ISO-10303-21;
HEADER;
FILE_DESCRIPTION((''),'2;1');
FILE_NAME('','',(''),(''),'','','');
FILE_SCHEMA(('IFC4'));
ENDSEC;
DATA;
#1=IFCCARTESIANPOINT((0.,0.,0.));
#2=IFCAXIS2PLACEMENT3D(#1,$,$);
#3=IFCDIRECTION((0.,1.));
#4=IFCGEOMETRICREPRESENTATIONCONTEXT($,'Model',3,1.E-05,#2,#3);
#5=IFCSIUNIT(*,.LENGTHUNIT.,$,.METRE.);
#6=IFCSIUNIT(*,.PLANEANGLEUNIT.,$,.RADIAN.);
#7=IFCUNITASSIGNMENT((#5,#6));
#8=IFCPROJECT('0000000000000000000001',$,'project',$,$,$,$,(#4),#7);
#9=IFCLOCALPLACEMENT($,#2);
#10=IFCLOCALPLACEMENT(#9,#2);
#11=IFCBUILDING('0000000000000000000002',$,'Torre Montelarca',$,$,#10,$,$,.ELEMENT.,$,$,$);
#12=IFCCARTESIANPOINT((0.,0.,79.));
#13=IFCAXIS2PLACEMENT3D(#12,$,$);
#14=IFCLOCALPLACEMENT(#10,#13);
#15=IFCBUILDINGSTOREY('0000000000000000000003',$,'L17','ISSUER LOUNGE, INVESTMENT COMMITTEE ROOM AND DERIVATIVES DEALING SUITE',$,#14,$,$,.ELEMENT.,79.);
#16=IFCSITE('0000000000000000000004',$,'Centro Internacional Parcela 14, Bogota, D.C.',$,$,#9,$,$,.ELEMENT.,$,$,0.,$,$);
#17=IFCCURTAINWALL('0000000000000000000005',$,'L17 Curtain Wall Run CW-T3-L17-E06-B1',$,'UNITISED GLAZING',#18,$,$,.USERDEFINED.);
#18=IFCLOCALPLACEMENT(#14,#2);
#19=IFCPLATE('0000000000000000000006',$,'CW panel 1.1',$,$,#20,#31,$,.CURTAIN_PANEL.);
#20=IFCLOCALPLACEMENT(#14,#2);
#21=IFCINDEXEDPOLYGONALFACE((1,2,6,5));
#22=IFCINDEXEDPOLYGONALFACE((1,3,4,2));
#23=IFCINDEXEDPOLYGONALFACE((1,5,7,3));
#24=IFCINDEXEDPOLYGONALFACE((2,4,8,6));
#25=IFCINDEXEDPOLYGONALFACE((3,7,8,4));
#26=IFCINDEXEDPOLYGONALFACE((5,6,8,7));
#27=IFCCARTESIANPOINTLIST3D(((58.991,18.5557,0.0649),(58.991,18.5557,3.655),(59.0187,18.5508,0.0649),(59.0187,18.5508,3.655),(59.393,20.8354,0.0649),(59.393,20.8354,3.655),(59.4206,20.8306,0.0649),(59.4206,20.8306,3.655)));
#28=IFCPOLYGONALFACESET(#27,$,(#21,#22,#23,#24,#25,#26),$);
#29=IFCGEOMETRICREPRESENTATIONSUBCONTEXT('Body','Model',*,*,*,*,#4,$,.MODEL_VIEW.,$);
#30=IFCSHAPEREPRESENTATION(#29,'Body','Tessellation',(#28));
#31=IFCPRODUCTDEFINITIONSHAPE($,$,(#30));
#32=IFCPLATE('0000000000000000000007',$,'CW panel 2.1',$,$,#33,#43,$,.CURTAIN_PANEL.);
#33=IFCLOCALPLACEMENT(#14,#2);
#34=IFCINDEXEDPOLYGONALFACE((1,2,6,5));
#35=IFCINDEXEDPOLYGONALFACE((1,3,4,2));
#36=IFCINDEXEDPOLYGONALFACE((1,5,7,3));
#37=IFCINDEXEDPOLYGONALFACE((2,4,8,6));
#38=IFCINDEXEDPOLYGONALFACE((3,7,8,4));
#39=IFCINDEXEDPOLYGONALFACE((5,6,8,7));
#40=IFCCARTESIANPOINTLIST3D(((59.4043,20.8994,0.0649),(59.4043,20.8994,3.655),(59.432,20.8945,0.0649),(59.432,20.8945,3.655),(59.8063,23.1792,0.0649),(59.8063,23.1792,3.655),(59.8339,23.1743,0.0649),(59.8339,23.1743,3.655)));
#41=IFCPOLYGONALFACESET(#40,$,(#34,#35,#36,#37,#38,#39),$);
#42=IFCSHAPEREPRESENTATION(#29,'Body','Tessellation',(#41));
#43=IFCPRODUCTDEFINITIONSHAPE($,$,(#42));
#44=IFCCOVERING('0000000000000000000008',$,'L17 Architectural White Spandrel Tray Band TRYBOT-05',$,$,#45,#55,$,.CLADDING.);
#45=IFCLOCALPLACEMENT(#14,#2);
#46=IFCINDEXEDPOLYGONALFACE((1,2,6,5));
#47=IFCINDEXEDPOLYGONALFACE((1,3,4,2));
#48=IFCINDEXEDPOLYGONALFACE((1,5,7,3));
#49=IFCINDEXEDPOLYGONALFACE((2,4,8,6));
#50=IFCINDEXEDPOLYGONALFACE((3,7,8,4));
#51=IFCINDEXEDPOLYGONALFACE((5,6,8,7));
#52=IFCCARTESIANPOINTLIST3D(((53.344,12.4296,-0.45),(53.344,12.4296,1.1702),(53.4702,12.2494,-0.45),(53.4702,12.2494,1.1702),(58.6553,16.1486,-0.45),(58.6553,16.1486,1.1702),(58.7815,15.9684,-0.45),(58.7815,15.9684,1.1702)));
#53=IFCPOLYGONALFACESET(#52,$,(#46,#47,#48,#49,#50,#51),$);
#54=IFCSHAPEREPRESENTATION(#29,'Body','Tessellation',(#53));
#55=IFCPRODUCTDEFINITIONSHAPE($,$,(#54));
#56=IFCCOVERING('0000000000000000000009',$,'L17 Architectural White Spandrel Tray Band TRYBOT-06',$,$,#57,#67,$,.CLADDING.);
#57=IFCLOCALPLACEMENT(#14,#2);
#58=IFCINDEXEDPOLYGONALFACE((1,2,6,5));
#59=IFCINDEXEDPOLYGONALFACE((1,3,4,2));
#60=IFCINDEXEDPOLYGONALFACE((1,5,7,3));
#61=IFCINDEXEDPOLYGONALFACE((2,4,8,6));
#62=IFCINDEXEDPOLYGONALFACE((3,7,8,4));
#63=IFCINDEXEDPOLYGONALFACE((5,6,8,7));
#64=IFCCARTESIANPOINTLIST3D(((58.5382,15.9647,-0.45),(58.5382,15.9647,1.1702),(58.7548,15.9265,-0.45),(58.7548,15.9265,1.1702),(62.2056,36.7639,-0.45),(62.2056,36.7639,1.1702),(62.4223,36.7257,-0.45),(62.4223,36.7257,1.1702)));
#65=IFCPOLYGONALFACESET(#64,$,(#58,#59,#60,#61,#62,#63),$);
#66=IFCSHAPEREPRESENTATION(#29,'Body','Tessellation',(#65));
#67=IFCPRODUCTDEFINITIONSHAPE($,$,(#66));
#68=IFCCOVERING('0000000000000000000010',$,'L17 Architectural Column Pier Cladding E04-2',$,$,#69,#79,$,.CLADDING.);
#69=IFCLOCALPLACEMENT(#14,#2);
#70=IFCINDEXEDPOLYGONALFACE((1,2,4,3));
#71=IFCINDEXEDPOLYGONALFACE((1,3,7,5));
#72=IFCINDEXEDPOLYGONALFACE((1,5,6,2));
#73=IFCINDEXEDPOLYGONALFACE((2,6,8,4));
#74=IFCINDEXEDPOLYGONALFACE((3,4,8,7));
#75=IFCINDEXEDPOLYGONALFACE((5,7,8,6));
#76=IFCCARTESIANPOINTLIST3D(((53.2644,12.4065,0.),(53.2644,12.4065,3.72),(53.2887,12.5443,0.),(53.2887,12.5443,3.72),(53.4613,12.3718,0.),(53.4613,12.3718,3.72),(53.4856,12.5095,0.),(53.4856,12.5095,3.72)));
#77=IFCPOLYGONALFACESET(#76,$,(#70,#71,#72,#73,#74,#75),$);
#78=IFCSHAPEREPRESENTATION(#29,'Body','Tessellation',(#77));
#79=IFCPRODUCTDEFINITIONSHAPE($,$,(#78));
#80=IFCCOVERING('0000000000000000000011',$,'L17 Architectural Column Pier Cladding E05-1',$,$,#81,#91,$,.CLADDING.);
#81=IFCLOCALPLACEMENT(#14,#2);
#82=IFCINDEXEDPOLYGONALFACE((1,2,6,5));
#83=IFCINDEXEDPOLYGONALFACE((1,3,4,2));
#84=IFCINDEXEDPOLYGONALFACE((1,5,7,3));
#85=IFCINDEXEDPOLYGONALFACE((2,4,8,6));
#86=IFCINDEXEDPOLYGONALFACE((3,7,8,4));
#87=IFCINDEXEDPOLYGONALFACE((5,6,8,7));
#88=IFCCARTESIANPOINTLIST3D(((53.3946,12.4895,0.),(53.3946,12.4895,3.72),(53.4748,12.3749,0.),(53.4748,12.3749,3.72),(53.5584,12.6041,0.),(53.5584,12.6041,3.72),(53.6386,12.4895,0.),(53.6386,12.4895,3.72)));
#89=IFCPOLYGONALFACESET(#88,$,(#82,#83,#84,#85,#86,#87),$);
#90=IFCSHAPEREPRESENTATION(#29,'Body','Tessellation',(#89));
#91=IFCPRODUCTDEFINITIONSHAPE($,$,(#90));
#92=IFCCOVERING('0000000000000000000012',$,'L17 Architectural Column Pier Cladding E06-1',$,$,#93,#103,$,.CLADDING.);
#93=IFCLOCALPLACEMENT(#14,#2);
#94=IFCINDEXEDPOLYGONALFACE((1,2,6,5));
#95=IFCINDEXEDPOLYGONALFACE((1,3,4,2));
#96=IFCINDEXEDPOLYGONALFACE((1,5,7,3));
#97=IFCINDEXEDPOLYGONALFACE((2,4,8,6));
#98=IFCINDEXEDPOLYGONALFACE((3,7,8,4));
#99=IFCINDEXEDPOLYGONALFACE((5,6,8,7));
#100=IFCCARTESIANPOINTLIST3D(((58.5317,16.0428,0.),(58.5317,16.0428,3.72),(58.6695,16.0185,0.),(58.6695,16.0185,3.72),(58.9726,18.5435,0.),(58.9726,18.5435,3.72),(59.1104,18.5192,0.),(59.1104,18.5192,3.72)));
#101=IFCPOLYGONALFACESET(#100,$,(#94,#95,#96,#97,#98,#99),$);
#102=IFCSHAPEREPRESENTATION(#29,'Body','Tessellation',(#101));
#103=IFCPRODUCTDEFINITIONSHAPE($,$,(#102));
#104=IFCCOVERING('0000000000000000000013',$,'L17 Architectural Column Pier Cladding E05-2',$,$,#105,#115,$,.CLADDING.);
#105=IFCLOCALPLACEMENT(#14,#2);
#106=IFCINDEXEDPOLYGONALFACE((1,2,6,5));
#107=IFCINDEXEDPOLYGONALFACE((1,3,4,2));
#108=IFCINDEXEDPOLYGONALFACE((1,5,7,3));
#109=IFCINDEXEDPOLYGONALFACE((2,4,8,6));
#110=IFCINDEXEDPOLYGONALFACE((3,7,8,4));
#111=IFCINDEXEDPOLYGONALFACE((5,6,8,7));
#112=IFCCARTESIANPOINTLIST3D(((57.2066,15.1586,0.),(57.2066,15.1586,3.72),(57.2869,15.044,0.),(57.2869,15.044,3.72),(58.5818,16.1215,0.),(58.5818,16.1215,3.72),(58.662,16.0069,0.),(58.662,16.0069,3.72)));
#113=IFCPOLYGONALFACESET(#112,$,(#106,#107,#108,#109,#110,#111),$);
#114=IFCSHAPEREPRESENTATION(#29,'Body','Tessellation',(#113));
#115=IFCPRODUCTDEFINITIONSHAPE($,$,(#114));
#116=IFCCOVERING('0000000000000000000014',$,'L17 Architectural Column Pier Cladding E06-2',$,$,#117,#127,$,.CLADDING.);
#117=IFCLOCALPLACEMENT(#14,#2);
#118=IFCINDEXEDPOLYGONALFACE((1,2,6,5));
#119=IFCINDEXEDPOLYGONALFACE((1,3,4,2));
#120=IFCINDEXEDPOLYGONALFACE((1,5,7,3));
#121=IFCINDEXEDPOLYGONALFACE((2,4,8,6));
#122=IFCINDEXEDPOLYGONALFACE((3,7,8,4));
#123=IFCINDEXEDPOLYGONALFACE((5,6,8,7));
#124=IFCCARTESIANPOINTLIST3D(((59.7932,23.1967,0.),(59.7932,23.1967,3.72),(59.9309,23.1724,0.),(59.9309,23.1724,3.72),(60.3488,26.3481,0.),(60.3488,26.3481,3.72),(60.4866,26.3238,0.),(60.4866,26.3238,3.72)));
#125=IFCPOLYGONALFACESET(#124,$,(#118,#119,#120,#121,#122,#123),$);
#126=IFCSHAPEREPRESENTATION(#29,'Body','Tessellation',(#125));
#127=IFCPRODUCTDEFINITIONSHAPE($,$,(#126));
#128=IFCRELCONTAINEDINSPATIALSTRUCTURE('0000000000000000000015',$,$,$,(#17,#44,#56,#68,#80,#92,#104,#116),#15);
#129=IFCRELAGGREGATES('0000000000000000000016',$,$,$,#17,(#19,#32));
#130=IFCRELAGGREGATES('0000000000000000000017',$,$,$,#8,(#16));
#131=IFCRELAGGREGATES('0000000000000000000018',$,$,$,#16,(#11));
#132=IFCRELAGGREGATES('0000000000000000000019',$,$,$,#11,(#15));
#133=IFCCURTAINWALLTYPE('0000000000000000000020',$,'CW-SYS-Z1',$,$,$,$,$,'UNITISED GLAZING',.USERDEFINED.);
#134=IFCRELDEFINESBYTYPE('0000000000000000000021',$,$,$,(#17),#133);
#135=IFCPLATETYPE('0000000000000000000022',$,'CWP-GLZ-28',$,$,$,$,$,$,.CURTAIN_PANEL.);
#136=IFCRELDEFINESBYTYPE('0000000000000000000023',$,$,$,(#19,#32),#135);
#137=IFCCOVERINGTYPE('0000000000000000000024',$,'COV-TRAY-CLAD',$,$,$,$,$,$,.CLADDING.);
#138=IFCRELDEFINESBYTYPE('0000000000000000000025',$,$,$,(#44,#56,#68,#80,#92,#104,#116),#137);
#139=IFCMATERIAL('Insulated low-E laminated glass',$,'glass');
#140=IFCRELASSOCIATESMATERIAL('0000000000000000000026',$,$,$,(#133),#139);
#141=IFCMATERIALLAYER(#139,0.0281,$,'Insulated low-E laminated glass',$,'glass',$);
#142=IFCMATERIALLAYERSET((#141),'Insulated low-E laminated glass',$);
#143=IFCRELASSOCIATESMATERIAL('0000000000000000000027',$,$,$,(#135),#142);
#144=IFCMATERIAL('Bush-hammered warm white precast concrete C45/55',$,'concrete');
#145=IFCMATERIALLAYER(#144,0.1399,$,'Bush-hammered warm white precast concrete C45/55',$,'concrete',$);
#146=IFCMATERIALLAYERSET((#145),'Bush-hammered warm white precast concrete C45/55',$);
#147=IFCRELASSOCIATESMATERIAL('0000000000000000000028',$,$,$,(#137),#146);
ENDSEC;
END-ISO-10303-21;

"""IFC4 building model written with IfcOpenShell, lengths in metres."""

from ifc_helpers import new_model, si_unit, direction, frame, origin, origin_2d, place, context, subcontext, project, spatial, rectangle, extrude, source, transform, mapped, material, layer, layer_set, type_object, element, aggregate, save


model = new_model("IFC4")

# Units and contexts
model_context = context("Model", 3, precision=1e-05, world=origin(), true_north=direction((0.0, 1.0)))
body_context = subcontext(model_context, "Body", "Model", "MODEL_VIEW")
ifc_project = project(units=[si_unit("LENGTHUNIT", "METRE"), si_unit("PLANEANGLEUNIT", "RADIAN")], contexts=[model_context])

# Site, building, storey
site_placement = place(None, origin())
site = spatial("IfcSite", under=ifc_project, at=site_placement, Name="Centro Internacional Parcela 14, Bogota, D.C.", CompositionType="ELEMENT", RefElevation=0.0)
building_placement = place(site_placement, origin())
building = spatial("IfcBuilding", under=site, at=building_placement, Name="Torre Montelarca", CompositionType="ELEMENT")
storey_placement = place(building_placement, frame((0.0, 0.0, 79.0)))
storey = spatial("IfcBuildingStorey", under=building, at=storey_placement, Name="L17", Description="ISSUER LOUNGE, INVESTMENT COMMITTEE ROOM AND DERIVATIVES DEALING SUITE", CompositionType="ELEMENT", Elevation=79.0)

# Curtain wall
ifc_material_1 = material(Name="Insulated low-E laminated glass", Category="glass")
curtain_wall_type = type_object("IfcCurtainWallType", Name="CW-SYS-Z1", ElementType="UNITISED GLAZING", PredefinedType="USERDEFINED", material=ifc_material_1)
curtain_wall_1_placement = place(storey_placement, origin())
curtain_wall_1 = element("IfcCurtainWall", 1, at=curtain_wall_1_placement, inside=storey, type_object=curtain_wall_type, Name="L17 Curtain Wall Run CW-T3-L17-E06-B1", ObjectType="UNITISED GLAZING", PredefinedType="USERDEFINED")

# Plates
ifc_layer_1 = layer(ifc_material_1, 0.0281, Name="Insulated low-E laminated glass", Category="glass")
ifc_layer_set_1 = layer_set([ifc_layer_1], Name="Insulated low-E laminated glass")
plate_type = type_object("IfcPlateType", Name="CWP-GLZ-28", PredefinedType="CURTAIN_PANEL", material=ifc_layer_set_1)
shared_shape_1 = source(origin(), body_context, "Body", "SweptSolid", [
    extrude(rectangle(XDim=2.3149, YDim=0.0281, at=origin_2d()), origin(), (0.0, 0.0, 1.0), 3.5901),
])
plate_1_placement = place(storey_placement, frame((59.2058, 19.6931, 0.0649), z_axis=(0.0, 0.0, 1.0), x_axis=(0.173634, 0.98481, 0.0)))
plate_1 = element("IfcPlate", 2, at=plate_1_placement, type_object=plate_type, Name="CW panel 1.1", PredefinedType="CURTAIN_PANEL", context=body_context, shape_type="MappedRepresentation", body=[
    mapped(shared_shape_1, transform((0.0, 0.0, 0.0), scale=1.0)),
])
plate_2_placement = place(storey_placement, frame((59.6191, 22.0369, 0.0649), z_axis=(0.0, 0.0, 1.0), x_axis=(0.173634, 0.98481, 0.0)))
plate_2 = element("IfcPlate", 3, at=plate_2_placement, type_object=plate_type, Name="CW panel 2.1", PredefinedType="CURTAIN_PANEL", context=body_context, shape_type="MappedRepresentation", body=[
    mapped(shared_shape_1, transform((0.0, 0.0, 0.0), scale=1.0)),
])
aggregate(curtain_wall_1, [plate_1, plate_2])

# Coverings
ifc_material_2 = material(Name="Bush-hammered warm white precast concrete C45/55", Category="concrete")
ifc_layer_2 = layer(ifc_material_2, 0.1399, Name="Bush-hammered warm white precast concrete C45/55", Category="concrete")
ifc_layer_set_2 = layer_set([ifc_layer_2], Name="Bush-hammered warm white precast concrete C45/55")
covering_type = type_object("IfcCoveringType", Name="COV-TRAY-CLAD", PredefinedType="CLADDING", material=ifc_layer_set_2)
shared_shape_2 = source(origin(), body_context, "Body", "SweptSolid", [
    extrude(rectangle(XDim=6.4839, YDim=0.22, at=origin_2d()), origin(), (0.0, 0.0, 1.0), 1.6201),
])
covering_1_placement = place(storey_placement, frame((56.0627, 14.199, -0.45), z_axis=(0.0, 0.0, 1.0), x_axis=(0.819156, 0.573571, 0.0)))
element("IfcCovering", 4, at=covering_1_placement, inside=storey, type_object=covering_type, Name="L17 Architectural White Spandrel Tray Band TRYBOT-05", PredefinedType="CLADDING", context=body_context, shape_type="MappedRepresentation", body=[
    mapped(shared_shape_2, transform((0.0, 0.0, 0.0), scale=1.0)),
])
shared_shape_3 = source(origin(), body_context, "Body", "SweptSolid", [
    extrude(rectangle(XDim=21.1201, YDim=0.22, at=origin_2d()), origin(), (0.0, 0.0, 1.0), 1.6201),
])
covering_2_placement = place(storey_placement, frame((60.4802, 26.3452, -0.45), z_axis=(0.0, 0.0, 1.0), x_axis=(0.173648, 0.984808, 0.0)))
element("IfcCovering", 5, at=covering_2_placement, inside=storey, type_object=covering_type, Name="L17 Architectural White Spandrel Tray Band TRYBOT-06", PredefinedType="CLADDING", context=body_context, shape_type="MappedRepresentation", body=[
    mapped(shared_shape_3, transform((0.0, 0.0, 0.0), scale=1.0)),
])
shared_shape_4 = source(origin(), body_context, "Body", "SweptSolid", [
    extrude(rectangle(XDim=0.2, YDim=0.1399, at=origin_2d()), origin(), (0.0, 0.0, 1.0), 3.72),
])
for number, where, z_axis, x_axis, name in (
    (6, (53.375, 12.458, 0.0), (0.0, 0.0, 1.0), (0.984808, -0.173646, 0.0), "L17 Architectural Column Pier Cladding E04-2"),
    (7, (53.5166, 12.4895, 0.0), (0.0, 0.0, 1.0), (0.819165, 0.573558, 0.0), "L17 Architectural Column Pier Cladding E05-1"),
):
    element("IfcCovering", number, at=place(storey_placement, frame(where, z_axis=z_axis, x_axis=x_axis)), inside=storey, type_object=covering_type, Name=name, PredefinedType="CLADDING", context=body_context, shape_type="MappedRepresentation", body=[
        mapped(shared_shape_4, transform((0.0, 0.0, 0.0), scale=1.0)),
    ])
shared_shape_5 = source(origin(), body_context, "Body", "SweptSolid", [
    extrude(rectangle(XDim=2.5393, YDim=0.1399, at=origin_2d()), origin(), (0.0, 0.0, 1.0), 3.72),
])
covering_3_placement = place(storey_placement, frame((58.821, 17.281, 0.0), z_axis=(0.0, 0.0, 1.0), x_axis=(0.173646, 0.984808, 0.0)))
element("IfcCovering", 8, at=covering_3_placement, inside=storey, type_object=covering_type, Name="L17 Architectural Column Pier Cladding E06-1", PredefinedType="CLADDING", context=body_context, shape_type="MappedRepresentation", body=[
    mapped(shared_shape_5, transform((0.0, 0.0, 0.0), scale=1.0)),
])
shared_shape_6 = source(origin(), body_context, "Body", "SweptSolid", [
    extrude(rectangle(XDim=1.6787, YDim=0.1399, at=origin_2d()), origin(), (0.0, 0.0, 1.0), 3.72),
])
covering_4_placement = place(storey_placement, frame((57.9343, 15.5828, 0.0), z_axis=(0.0, 0.0, 1.0), x_axis=(0.819165, 0.573558, 0.0)))
element("IfcCovering", 9, at=covering_4_placement, inside=storey, type_object=covering_type, Name="L17 Architectural Column Pier Cladding E05-2", PredefinedType="CLADDING", context=body_context, shape_type="MappedRepresentation", body=[
    mapped(shared_shape_6, transform((0.0, 0.0, 0.0), scale=1.0)),
])
shared_shape_7 = source(origin(), body_context, "Body", "SweptSolid", [
    extrude(rectangle(XDim=3.2, YDim=0.1399, at=origin_2d()), origin(), (0.0, 0.0, 1.0), 3.72),
])
covering_5_placement = place(storey_placement, frame((60.1399, 24.7603, 0.0), z_axis=(0.0, 0.0, 1.0), x_axis=(0.173646, 0.984808, 0.0)))
element("IfcCovering", 10, at=covering_5_placement, inside=storey, type_object=covering_type, Name="L17 Architectural Column Pier Cladding E06-2", PredefinedType="CLADDING", context=body_context, shape_type="MappedRepresentation", body=[
    mapped(shared_shape_7, transform((0.0, 0.0, 0.0), scale=1.0)),
])

save(model, "model.ifc")
